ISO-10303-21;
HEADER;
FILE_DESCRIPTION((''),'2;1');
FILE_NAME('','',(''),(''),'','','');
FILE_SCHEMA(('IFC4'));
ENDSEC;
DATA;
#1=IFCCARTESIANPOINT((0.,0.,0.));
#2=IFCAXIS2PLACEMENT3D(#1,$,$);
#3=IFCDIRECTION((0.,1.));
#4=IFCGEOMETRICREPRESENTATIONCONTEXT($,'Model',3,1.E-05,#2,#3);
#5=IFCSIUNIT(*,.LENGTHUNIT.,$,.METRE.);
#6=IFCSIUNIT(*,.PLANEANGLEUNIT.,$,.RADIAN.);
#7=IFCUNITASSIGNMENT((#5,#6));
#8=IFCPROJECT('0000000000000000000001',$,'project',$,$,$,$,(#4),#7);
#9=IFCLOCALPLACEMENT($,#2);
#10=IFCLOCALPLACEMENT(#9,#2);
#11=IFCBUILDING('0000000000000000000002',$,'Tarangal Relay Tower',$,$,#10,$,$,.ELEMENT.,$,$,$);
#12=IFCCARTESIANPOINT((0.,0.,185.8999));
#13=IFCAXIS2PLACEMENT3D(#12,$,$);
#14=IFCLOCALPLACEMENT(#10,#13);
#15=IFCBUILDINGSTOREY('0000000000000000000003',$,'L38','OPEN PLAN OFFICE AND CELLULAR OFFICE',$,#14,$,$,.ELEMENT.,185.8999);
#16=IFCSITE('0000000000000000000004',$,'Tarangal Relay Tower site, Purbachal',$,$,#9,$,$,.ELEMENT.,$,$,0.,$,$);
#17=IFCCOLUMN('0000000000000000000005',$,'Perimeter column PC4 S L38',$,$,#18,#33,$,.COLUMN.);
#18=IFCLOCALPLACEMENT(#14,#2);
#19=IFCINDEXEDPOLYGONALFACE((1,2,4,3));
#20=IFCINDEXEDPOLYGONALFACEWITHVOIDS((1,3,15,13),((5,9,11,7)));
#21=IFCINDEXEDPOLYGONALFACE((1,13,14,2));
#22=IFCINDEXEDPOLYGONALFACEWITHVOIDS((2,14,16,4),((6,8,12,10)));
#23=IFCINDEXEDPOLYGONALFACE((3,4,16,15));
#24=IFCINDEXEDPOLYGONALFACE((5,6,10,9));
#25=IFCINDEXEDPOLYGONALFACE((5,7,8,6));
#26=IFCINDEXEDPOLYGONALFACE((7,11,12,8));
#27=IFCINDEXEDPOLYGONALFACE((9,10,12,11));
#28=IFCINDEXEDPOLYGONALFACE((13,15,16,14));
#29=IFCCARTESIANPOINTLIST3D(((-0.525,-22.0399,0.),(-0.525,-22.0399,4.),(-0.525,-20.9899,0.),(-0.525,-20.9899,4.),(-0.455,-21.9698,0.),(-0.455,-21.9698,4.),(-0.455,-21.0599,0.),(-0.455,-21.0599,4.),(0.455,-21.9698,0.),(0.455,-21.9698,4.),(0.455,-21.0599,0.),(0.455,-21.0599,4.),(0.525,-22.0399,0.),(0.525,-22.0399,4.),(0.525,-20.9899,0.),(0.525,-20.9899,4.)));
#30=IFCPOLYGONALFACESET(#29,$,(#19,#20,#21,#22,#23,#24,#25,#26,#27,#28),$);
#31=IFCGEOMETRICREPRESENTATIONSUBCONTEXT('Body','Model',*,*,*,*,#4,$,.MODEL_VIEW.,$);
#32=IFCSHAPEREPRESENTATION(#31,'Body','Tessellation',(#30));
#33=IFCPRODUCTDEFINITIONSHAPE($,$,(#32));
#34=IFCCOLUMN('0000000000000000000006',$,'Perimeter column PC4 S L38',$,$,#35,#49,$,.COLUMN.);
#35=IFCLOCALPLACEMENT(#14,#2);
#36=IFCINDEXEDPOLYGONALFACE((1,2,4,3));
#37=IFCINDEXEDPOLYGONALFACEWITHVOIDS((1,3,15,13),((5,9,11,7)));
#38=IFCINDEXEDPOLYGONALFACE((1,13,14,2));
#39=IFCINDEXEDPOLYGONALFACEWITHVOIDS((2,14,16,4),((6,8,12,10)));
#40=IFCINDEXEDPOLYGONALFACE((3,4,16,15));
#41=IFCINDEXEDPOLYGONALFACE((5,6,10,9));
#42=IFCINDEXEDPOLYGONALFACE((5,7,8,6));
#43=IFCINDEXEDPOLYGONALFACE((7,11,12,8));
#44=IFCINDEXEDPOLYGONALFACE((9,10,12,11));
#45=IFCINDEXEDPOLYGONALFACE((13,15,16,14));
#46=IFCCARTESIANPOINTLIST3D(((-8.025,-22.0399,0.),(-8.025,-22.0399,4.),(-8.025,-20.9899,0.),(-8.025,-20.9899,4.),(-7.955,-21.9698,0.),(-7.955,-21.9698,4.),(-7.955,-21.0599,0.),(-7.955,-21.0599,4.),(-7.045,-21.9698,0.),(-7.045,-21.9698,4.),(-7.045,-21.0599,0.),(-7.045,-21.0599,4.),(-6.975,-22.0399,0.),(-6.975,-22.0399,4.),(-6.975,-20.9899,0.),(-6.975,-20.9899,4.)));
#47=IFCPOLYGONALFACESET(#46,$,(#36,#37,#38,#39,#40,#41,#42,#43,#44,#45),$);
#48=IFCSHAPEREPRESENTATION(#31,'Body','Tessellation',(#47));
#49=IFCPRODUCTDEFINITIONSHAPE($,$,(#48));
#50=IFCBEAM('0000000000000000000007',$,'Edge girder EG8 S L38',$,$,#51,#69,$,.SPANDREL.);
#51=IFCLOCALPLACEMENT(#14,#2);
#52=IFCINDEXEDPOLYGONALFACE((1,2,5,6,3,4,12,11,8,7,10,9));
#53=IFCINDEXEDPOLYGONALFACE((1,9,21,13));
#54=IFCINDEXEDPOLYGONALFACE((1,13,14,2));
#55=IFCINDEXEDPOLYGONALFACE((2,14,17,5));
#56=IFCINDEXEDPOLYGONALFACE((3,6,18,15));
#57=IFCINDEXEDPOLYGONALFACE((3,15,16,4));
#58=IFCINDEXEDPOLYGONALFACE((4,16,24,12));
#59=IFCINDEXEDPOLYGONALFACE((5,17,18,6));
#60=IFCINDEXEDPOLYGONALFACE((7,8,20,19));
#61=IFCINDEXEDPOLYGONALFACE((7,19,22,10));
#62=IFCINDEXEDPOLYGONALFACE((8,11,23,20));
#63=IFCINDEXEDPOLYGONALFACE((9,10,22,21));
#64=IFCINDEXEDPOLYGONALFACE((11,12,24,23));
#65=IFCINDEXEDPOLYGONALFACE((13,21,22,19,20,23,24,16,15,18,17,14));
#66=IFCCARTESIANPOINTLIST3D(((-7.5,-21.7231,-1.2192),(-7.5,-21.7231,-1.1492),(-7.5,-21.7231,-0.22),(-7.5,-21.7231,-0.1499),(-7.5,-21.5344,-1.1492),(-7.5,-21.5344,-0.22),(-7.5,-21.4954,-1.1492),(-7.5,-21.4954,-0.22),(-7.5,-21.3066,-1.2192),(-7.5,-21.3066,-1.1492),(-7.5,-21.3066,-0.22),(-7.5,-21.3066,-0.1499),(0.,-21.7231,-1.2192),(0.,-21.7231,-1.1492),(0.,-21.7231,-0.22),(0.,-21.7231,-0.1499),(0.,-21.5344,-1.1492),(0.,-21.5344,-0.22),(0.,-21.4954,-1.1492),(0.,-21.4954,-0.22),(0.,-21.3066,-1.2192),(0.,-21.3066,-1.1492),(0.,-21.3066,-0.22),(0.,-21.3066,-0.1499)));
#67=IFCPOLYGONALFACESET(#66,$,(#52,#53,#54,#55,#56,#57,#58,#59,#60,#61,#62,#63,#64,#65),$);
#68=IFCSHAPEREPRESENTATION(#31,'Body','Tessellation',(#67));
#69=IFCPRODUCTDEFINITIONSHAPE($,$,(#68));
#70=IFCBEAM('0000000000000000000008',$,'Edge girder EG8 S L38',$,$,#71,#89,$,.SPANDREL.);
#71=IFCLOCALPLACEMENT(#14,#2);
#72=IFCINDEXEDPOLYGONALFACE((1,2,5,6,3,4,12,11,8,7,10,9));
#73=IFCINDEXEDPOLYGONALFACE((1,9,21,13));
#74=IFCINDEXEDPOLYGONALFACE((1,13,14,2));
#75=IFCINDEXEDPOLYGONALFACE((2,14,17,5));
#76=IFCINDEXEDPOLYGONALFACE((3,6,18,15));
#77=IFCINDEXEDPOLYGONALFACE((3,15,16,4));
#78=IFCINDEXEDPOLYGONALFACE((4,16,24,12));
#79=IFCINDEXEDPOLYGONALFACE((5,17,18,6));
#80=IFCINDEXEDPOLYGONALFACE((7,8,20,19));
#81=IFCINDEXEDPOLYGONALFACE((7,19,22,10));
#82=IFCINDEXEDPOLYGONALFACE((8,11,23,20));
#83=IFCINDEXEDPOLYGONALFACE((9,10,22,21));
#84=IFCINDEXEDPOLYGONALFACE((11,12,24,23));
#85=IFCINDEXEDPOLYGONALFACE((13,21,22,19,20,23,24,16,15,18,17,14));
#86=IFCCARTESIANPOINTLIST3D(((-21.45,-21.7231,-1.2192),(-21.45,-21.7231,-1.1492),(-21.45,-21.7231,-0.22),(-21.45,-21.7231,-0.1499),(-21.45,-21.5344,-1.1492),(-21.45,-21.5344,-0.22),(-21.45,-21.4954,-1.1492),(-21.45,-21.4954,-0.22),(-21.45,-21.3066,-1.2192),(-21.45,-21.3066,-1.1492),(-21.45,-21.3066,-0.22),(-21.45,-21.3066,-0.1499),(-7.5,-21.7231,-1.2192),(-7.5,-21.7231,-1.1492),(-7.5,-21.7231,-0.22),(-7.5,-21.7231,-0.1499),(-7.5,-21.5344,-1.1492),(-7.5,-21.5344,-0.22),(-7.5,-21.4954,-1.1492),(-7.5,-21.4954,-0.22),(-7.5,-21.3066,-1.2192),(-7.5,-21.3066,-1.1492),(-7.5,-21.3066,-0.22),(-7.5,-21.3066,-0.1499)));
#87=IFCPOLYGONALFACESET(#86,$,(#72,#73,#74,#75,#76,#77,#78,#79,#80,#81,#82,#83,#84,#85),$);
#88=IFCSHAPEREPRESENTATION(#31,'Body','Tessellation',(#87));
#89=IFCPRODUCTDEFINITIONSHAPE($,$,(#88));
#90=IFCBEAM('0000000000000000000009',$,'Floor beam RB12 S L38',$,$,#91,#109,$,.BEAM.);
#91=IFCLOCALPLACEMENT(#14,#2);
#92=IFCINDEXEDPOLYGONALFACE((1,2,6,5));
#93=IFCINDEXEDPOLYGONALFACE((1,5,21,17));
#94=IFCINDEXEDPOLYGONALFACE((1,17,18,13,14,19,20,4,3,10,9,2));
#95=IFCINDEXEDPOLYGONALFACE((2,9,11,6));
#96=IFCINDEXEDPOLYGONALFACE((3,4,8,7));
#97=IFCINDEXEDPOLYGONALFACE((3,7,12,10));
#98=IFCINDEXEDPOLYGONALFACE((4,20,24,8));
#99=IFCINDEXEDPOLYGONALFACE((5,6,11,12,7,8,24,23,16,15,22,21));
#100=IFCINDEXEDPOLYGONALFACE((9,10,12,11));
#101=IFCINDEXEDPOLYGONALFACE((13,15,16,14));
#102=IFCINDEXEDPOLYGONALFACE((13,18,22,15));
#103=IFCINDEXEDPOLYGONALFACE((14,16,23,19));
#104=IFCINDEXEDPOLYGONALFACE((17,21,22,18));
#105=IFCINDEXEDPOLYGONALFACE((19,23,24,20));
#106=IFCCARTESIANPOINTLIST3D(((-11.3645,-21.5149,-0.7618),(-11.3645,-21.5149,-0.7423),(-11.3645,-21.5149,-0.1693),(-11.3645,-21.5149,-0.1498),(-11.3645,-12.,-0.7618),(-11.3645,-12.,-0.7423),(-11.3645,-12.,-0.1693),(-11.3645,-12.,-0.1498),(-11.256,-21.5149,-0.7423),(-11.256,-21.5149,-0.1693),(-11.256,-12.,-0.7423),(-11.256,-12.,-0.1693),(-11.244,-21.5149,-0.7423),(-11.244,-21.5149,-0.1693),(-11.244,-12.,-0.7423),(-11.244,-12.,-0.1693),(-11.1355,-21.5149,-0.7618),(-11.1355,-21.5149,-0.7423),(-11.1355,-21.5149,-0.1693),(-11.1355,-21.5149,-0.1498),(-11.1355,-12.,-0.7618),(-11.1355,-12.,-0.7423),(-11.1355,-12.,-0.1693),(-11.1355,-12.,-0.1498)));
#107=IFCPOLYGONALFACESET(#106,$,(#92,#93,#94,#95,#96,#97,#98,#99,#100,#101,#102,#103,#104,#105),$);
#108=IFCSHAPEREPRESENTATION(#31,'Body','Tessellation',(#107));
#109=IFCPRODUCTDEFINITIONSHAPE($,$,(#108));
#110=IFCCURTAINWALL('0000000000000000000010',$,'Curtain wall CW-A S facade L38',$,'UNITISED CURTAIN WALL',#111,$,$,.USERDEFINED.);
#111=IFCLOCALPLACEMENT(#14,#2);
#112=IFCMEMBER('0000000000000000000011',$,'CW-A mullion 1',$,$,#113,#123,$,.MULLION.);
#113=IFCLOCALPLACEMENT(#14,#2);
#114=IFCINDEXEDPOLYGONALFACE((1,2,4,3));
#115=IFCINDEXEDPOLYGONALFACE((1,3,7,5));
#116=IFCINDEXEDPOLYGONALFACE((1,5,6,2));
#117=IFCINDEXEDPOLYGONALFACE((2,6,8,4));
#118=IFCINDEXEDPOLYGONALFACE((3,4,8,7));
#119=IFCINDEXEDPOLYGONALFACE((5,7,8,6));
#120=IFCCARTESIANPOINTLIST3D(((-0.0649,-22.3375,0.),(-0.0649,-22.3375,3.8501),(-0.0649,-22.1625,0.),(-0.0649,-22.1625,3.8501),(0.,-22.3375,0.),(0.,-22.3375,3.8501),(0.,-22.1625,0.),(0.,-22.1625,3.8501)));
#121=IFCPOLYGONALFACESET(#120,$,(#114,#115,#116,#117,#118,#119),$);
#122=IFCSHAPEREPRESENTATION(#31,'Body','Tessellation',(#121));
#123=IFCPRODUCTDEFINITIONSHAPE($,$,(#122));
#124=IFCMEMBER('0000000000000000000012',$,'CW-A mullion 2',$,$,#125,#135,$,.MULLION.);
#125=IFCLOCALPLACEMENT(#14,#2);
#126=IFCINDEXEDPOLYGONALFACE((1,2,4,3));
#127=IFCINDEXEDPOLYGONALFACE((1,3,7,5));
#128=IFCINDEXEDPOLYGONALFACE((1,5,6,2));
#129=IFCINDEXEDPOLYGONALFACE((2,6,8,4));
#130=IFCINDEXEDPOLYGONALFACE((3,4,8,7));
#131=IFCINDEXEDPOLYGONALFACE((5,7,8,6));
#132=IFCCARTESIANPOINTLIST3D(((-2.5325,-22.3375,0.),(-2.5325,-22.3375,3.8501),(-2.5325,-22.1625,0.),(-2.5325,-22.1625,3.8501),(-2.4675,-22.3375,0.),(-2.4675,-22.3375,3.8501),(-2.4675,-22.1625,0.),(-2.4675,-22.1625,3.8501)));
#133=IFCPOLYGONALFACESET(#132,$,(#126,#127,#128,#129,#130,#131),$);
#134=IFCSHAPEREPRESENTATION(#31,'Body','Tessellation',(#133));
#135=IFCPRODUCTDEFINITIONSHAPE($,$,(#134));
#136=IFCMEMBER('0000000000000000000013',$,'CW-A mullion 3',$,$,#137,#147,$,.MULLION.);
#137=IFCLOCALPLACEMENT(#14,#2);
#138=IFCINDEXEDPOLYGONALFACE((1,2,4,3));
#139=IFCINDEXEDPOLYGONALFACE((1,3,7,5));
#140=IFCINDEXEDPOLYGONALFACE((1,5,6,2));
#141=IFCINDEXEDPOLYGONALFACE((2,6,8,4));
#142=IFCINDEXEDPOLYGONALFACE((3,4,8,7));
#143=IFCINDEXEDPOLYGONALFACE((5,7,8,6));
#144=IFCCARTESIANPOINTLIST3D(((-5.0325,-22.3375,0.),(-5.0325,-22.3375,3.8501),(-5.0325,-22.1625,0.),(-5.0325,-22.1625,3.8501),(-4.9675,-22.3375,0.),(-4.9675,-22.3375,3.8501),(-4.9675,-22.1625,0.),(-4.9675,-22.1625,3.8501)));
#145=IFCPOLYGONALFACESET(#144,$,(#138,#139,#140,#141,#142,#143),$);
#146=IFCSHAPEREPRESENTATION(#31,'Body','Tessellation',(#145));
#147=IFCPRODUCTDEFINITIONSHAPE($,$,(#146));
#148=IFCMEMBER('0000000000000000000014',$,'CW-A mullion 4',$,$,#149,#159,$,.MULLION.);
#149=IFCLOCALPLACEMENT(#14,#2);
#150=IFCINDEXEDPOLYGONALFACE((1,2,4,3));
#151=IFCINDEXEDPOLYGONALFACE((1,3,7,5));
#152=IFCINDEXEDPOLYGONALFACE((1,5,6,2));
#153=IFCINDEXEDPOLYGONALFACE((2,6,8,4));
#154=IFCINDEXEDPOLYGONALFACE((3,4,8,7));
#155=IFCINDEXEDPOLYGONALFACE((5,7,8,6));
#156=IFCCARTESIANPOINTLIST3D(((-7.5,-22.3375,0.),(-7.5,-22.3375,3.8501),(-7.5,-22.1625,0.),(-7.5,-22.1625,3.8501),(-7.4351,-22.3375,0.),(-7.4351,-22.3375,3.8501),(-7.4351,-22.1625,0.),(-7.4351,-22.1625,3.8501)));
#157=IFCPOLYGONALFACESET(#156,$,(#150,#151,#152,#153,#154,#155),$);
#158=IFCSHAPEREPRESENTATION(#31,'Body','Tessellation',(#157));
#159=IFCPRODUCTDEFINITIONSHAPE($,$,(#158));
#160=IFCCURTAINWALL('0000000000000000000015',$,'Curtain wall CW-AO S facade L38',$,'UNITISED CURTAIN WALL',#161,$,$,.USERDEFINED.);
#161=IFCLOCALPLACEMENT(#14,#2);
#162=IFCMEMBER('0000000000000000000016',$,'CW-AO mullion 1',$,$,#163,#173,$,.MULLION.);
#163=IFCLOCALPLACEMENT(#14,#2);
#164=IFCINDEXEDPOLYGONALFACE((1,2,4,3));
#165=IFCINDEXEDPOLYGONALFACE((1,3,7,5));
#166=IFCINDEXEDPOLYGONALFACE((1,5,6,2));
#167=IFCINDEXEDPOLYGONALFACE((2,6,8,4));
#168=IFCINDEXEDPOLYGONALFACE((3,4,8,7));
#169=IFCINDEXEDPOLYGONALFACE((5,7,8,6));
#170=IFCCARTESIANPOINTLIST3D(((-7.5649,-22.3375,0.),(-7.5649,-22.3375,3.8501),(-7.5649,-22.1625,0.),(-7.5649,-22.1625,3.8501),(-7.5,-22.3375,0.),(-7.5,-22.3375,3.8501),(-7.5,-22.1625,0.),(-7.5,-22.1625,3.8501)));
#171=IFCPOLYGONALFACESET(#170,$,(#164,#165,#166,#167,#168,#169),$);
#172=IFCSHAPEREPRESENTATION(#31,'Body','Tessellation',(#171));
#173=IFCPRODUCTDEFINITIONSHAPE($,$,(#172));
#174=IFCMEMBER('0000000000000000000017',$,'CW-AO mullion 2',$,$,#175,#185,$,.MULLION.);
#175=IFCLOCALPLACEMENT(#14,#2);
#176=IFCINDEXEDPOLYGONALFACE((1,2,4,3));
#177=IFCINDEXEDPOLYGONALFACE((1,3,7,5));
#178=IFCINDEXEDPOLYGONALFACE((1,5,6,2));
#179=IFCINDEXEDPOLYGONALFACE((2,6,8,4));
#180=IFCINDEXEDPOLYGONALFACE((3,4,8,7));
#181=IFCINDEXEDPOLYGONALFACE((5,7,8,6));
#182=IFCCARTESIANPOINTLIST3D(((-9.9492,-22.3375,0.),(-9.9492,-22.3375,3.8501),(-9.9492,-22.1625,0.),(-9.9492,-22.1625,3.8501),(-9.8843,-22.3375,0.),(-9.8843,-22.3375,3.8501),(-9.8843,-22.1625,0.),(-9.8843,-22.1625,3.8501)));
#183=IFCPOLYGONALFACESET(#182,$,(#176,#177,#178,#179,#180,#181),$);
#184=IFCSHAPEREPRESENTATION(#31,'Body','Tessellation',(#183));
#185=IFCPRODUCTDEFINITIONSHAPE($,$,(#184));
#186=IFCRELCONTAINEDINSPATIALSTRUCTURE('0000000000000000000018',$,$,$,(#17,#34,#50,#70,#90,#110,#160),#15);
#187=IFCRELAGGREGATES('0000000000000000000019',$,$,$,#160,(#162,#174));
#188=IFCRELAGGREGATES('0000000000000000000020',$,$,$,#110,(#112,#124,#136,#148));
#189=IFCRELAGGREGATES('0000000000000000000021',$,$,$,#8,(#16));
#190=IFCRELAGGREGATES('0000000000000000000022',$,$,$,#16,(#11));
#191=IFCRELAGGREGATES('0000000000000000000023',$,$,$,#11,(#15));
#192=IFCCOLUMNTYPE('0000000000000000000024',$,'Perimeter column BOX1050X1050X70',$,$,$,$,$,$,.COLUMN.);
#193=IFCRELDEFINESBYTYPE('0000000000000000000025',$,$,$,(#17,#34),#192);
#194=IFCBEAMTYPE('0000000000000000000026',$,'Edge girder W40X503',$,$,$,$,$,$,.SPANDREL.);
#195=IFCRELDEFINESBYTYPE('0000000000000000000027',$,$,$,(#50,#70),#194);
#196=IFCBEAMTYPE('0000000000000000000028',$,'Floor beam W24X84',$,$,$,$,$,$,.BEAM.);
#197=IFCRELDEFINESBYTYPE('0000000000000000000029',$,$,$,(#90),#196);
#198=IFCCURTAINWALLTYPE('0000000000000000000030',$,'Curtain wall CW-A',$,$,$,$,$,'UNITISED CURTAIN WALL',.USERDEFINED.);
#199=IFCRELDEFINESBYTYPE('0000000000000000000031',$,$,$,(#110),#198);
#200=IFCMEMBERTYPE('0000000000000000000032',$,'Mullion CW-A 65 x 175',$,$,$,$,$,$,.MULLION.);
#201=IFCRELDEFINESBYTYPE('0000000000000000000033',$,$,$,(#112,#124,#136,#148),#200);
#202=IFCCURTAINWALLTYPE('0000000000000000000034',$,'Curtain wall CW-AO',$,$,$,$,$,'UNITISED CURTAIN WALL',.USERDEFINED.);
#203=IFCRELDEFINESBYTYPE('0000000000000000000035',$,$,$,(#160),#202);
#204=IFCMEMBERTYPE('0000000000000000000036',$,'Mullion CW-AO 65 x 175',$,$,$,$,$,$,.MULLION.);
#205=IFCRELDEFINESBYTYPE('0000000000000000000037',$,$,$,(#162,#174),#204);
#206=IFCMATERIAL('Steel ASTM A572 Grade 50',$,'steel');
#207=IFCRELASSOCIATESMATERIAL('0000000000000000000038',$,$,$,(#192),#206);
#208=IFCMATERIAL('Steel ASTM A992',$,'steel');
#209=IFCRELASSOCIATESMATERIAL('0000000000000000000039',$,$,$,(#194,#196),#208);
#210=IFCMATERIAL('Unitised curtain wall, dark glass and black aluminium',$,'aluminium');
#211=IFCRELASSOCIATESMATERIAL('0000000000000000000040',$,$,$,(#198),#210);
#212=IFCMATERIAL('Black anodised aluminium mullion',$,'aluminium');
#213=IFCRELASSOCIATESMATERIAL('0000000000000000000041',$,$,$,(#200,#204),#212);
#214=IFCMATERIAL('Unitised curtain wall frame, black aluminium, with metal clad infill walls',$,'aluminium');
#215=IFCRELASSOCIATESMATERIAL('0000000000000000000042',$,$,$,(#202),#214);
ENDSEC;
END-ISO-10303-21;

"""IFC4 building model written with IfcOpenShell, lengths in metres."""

from ifc_helpers import new_model, si_unit, direction, frame, origin, origin_2d, place, context, subcontext, project, spatial, rectangle, hollow_rectangle, i_section, extrude, material, material_profile, profile_set, type_object, element, aggregate, save


model = new_model("IFC4")

# Units and contexts
model_context = context("Model", 3, precision=1e-05, world=origin(), true_north=direction((0.0, 1.0)))
body_context = subcontext(model_context, "Body", "Model", "MODEL_VIEW")
ifc_project = project(units=[si_unit("LENGTHUNIT", "METRE"), si_unit("PLANEANGLEUNIT", "RADIAN")], contexts=[model_context])

# Site, building, storey
site_placement = place(None, origin())
site = spatial("IfcSite", under=ifc_project, at=site_placement, Name="Tarangal Relay Tower site, Purbachal", CompositionType="ELEMENT", RefElevation=0.0)
building_placement = place(site_placement, origin())
building = spatial("IfcBuilding", under=site, at=building_placement, Name="Tarangal Relay Tower", CompositionType="ELEMENT")
storey_placement = place(building_placement, frame((0.0, 0.0, 185.8999)))
storey = spatial("IfcBuildingStorey", under=building, at=storey_placement, Name="L38", Description="OPEN PLAN OFFICE AND CELLULAR OFFICE", CompositionType="ELEMENT", Elevation=185.8999)

# Columns
ifc_material_1 = material(Name="Steel ASTM A572 Grade 50", Category="steel")
ifc_material_profile_1 = material_profile(ifc_material_1, hollow_rectangle(XDim=1.05, YDim=1.05, WallThickness=0.0701, at=origin_2d()), Name="BOX1050X1050X70")
ifc_profile_set_1 = profile_set([ifc_material_profile_1], Name="Steel ASTM A572 Grade 50")
column_type = type_object("IfcColumnType", Name="Perimeter column BOX1050X1050X70", PredefinedType="COLUMN", material=ifc_profile_set_1)
for number, where, z_axis, x_axis, name in (
    (1, (0.0, -21.5149, 0.0), (0.0, 0.0, 1.0), (1.0, 0.0, 0.0), "Perimeter column PC4 S L38"),
    (2, (-7.5, -21.5149, 0.0), (0.0, 0.0, 1.0), (1.0, 0.0, 0.0), "Perimeter column PC4 S L38"),
):
    element("IfcColumn", number, at=place(storey_placement, frame(where, z_axis=z_axis, x_axis=x_axis)), inside=storey, type_object=column_type, Name=name, PredefinedType="COLUMN", context=body_context, shape_type="SweptSolid", body=[
        extrude(hollow_rectangle(XDim=1.05, YDim=1.05, WallThickness=0.0701, at=origin_2d()), origin(), (0.0, 0.0, 1.0), 4.0),
    ])

# Beams
ifc_material_2 = material(Name="Steel ASTM A992", Category="steel")
ifc_material_profile_2 = material_profile(ifc_material_2, i_section(OverallWidth=0.4165, OverallDepth=1.0693, WebThickness=0.0391, FlangeThickness=0.0701, at=origin_2d()), Name="W40X503")
ifc_profile_set_2 = profile_set([ifc_material_profile_2], Name="Steel ASTM A992")
beam_type_1 = type_object("IfcBeamType", Name="Edge girder W40X503", PredefinedType="SPANDREL", material=ifc_profile_set_2)
beam_1_placement = place(storey_placement, frame((0.0, -21.5149, -0.6846), z_axis=(-1.0, 0.0, 0.0), x_axis=(0.0, -1.0, 0.0)))
element("IfcBeam", 3, at=beam_1_placement, inside=storey, type_object=beam_type_1, Name="Edge girder EG8 S L38", PredefinedType="SPANDREL", context=body_context, shape_type="SweptSolid", body=[
    extrude(i_section(OverallWidth=0.4165, OverallDepth=1.0693, WebThickness=0.0391, FlangeThickness=0.0701, at=origin_2d()), origin(), (0.0, 0.0, 1.0), 7.5),
])
beam_2_placement = place(storey_placement, frame((-7.5, -21.5149, -0.6846), z_axis=(-1.0, 0.0, 0.0), x_axis=(0.0, -1.0, 0.0)))
element("IfcBeam", 4, at=beam_2_placement, inside=storey, type_object=beam_type_1, Name="Edge girder EG8 S L38", PredefinedType="SPANDREL", context=body_context, shape_type="SweptSolid", body=[
    extrude(i_section(OverallWidth=0.4165, OverallDepth=1.0693, WebThickness=0.0391, FlangeThickness=0.0701, at=origin_2d()), origin(), (0.0, 0.0, 1.0), 13.95),
])
ifc_material_profile_3 = material_profile(ifc_material_2, i_section(OverallWidth=0.229, OverallDepth=0.6121, WebThickness=0.012, FlangeThickness=0.0195, at=origin_2d()), Name="W24X84")
ifc_profile_set_3 = profile_set([ifc_material_profile_3], Name="Steel ASTM A992")
beam_type_2 = type_object("IfcBeamType", Name="Floor beam W24X84", PredefinedType="BEAM", material=ifc_profile_set_3)
beam_3_placement = place(storey_placement, frame((-11.25, -12.0, -0.4558), z_axis=(0.0, -1.0, 0.0), x_axis=(1.0, 0.0, 0.0)))
element("IfcBeam", 5, at=beam_3_placement, inside=storey, type_object=beam_type_2, Name="Floor beam RB12 S L38", PredefinedType="BEAM", context=body_context, shape_type="SweptSolid", body=[
    extrude(i_section(OverallWidth=0.229, OverallDepth=0.6121, WebThickness=0.012, FlangeThickness=0.0195, at=origin_2d()), origin(), (0.0, 0.0, 1.0), 9.5149),
])

# Curtain walls, members
ifc_material_3 = material(Name="Unitised curtain wall, dark glass and black aluminium", Category="aluminium")
curtain_wall_type_1 = type_object("IfcCurtainWallType", Name="Curtain wall CW-A", ElementType="UNITISED CURTAIN WALL", PredefinedType="USERDEFINED", material=ifc_material_3)
curtain_wall_1_placement = place(storey_placement, origin())
curtain_wall_1 = element("IfcCurtainWall", 6, at=curtain_wall_1_placement, inside=storey, type_object=curtain_wall_type_1, Name="Curtain wall CW-A S facade L38", ObjectType="UNITISED CURTAIN WALL", PredefinedType="USERDEFINED")
ifc_material_4 = material(Name="Black anodised aluminium mullion", Category="aluminium")
ifc_material_profile_4 = material_profile(ifc_material_4, rectangle(XDim=0.175, YDim=0.0649, at=origin_2d()), Name="CW-AM 65X175")
ifc_profile_set_4 = profile_set([ifc_material_profile_4], Name="Black anodised aluminium mullion")
member_type_1 = type_object("IfcMemberType", Name="Mullion CW-A 65 x 175", PredefinedType="MULLION", material=ifc_profile_set_4)
member_1_placement = place(storey_placement, frame((-0.0325, -22.25, 0.0), z_axis=(0.0, 0.0, 1.0), x_axis=(0.0, -1.0, 0.0)))
member_1 = element("IfcMember", 7, at=member_1_placement, type_object=member_type_1, Name="CW-A mullion 1", PredefinedType="MULLION", context=body_context, shape_type="SweptSolid", body=[
    extrude(rectangle(XDim=0.175, YDim=0.0649, at=origin_2d()), origin(), (0.0, 0.0, 1.0), 3.8501),
])
member_2_placement = place(storey_placement, frame((-2.5, -22.25, 0.0), z_axis=(0.0, 0.0, 1.0), x_axis=(0.0, -1.0, 0.0)))
member_2 = element("IfcMember", 8, at=member_2_placement, type_object=member_type_1, Name="CW-A mullion 2", PredefinedType="MULLION", context=body_context, shape_type="SweptSolid", body=[
    extrude(rectangle(XDim=0.175, YDim=0.0649, at=origin_2d()), origin(), (0.0, 0.0, 1.0), 3.8501),
])
member_3_placement = place(storey_placement, frame((-5.0, -22.25, 0.0), z_axis=(0.0, 0.0, 1.0), x_axis=(0.0, -1.0, 0.0)))
member_3 = element("IfcMember", 9, at=member_3_placement, type_object=member_type_1, Name="CW-A mullion 3", PredefinedType="MULLION", context=body_context, shape_type="SweptSolid", body=[
    extrude(rectangle(XDim=0.175, YDim=0.0649, at=origin_2d()), origin(), (0.0, 0.0, 1.0), 3.8501),
])
member_4_placement = place(storey_placement, frame((-7.4675, -22.25, 0.0), z_axis=(0.0, 0.0, 1.0), x_axis=(0.0, -1.0, 0.0)))
member_4 = element("IfcMember", 10, at=member_4_placement, type_object=member_type_1, Name="CW-A mullion 4", PredefinedType="MULLION", context=body_context, shape_type="SweptSolid", body=[
    extrude(rectangle(XDim=0.175, YDim=0.0649, at=origin_2d()), origin(), (0.0, 0.0, 1.0), 3.8501),
])
ifc_material_5 = material(Name="Unitised curtain wall frame, black aluminium, with metal clad infill walls", Category="aluminium")
curtain_wall_type_2 = type_object("IfcCurtainWallType", Name="Curtain wall CW-AO", ElementType="UNITISED CURTAIN WALL", PredefinedType="USERDEFINED", material=ifc_material_5)
curtain_wall_2_placement = place(storey_placement, origin())
curtain_wall_2 = element("IfcCurtainWall", 11, at=curtain_wall_2_placement, inside=storey, type_object=curtain_wall_type_2, Name="Curtain wall CW-AO S facade L38", ObjectType="UNITISED CURTAIN WALL", PredefinedType="USERDEFINED")
ifc_material_profile_5 = material_profile(ifc_material_4, rectangle(XDim=0.175, YDim=0.0649, at=origin_2d()), Name="CW-AOM 65X175")
ifc_profile_set_5 = profile_set([ifc_material_profile_5], Name="Black anodised aluminium mullion")
member_type_2 = type_object("IfcMemberType", Name="Mullion CW-AO 65 x 175", PredefinedType="MULLION", material=ifc_profile_set_5)
member_5_placement = place(storey_placement, frame((-7.5325, -22.25, 0.0), z_axis=(0.0, 0.0, 1.0), x_axis=(0.0, -1.0, 0.0)))
member_5 = element("IfcMember", 12, at=member_5_placement, type_object=member_type_2, Name="CW-AO mullion 1", PredefinedType="MULLION", context=body_context, shape_type="SweptSolid", body=[
    extrude(rectangle(XDim=0.175, YDim=0.0649, at=origin_2d()), origin(), (0.0, 0.0, 1.0), 3.8501),
])
member_6_placement = place(storey_placement, frame((-9.9167, -22.25, 0.0), z_axis=(0.0, 0.0, 1.0), x_axis=(0.0, -1.0, 0.0)))
member_6 = element("IfcMember", 13, at=member_6_placement, type_object=member_type_2, Name="CW-AO mullion 2", PredefinedType="MULLION", context=body_context, shape_type="SweptSolid", body=[
    extrude(rectangle(XDim=0.175, YDim=0.0649, at=origin_2d()), origin(), (0.0, 0.0, 1.0), 3.8501),
])

aggregate(curtain_wall_2, [member_5, member_6])

aggregate(curtain_wall_1, [member_1, member_2, member_3, member_4])

save(model, "model.ifc")
